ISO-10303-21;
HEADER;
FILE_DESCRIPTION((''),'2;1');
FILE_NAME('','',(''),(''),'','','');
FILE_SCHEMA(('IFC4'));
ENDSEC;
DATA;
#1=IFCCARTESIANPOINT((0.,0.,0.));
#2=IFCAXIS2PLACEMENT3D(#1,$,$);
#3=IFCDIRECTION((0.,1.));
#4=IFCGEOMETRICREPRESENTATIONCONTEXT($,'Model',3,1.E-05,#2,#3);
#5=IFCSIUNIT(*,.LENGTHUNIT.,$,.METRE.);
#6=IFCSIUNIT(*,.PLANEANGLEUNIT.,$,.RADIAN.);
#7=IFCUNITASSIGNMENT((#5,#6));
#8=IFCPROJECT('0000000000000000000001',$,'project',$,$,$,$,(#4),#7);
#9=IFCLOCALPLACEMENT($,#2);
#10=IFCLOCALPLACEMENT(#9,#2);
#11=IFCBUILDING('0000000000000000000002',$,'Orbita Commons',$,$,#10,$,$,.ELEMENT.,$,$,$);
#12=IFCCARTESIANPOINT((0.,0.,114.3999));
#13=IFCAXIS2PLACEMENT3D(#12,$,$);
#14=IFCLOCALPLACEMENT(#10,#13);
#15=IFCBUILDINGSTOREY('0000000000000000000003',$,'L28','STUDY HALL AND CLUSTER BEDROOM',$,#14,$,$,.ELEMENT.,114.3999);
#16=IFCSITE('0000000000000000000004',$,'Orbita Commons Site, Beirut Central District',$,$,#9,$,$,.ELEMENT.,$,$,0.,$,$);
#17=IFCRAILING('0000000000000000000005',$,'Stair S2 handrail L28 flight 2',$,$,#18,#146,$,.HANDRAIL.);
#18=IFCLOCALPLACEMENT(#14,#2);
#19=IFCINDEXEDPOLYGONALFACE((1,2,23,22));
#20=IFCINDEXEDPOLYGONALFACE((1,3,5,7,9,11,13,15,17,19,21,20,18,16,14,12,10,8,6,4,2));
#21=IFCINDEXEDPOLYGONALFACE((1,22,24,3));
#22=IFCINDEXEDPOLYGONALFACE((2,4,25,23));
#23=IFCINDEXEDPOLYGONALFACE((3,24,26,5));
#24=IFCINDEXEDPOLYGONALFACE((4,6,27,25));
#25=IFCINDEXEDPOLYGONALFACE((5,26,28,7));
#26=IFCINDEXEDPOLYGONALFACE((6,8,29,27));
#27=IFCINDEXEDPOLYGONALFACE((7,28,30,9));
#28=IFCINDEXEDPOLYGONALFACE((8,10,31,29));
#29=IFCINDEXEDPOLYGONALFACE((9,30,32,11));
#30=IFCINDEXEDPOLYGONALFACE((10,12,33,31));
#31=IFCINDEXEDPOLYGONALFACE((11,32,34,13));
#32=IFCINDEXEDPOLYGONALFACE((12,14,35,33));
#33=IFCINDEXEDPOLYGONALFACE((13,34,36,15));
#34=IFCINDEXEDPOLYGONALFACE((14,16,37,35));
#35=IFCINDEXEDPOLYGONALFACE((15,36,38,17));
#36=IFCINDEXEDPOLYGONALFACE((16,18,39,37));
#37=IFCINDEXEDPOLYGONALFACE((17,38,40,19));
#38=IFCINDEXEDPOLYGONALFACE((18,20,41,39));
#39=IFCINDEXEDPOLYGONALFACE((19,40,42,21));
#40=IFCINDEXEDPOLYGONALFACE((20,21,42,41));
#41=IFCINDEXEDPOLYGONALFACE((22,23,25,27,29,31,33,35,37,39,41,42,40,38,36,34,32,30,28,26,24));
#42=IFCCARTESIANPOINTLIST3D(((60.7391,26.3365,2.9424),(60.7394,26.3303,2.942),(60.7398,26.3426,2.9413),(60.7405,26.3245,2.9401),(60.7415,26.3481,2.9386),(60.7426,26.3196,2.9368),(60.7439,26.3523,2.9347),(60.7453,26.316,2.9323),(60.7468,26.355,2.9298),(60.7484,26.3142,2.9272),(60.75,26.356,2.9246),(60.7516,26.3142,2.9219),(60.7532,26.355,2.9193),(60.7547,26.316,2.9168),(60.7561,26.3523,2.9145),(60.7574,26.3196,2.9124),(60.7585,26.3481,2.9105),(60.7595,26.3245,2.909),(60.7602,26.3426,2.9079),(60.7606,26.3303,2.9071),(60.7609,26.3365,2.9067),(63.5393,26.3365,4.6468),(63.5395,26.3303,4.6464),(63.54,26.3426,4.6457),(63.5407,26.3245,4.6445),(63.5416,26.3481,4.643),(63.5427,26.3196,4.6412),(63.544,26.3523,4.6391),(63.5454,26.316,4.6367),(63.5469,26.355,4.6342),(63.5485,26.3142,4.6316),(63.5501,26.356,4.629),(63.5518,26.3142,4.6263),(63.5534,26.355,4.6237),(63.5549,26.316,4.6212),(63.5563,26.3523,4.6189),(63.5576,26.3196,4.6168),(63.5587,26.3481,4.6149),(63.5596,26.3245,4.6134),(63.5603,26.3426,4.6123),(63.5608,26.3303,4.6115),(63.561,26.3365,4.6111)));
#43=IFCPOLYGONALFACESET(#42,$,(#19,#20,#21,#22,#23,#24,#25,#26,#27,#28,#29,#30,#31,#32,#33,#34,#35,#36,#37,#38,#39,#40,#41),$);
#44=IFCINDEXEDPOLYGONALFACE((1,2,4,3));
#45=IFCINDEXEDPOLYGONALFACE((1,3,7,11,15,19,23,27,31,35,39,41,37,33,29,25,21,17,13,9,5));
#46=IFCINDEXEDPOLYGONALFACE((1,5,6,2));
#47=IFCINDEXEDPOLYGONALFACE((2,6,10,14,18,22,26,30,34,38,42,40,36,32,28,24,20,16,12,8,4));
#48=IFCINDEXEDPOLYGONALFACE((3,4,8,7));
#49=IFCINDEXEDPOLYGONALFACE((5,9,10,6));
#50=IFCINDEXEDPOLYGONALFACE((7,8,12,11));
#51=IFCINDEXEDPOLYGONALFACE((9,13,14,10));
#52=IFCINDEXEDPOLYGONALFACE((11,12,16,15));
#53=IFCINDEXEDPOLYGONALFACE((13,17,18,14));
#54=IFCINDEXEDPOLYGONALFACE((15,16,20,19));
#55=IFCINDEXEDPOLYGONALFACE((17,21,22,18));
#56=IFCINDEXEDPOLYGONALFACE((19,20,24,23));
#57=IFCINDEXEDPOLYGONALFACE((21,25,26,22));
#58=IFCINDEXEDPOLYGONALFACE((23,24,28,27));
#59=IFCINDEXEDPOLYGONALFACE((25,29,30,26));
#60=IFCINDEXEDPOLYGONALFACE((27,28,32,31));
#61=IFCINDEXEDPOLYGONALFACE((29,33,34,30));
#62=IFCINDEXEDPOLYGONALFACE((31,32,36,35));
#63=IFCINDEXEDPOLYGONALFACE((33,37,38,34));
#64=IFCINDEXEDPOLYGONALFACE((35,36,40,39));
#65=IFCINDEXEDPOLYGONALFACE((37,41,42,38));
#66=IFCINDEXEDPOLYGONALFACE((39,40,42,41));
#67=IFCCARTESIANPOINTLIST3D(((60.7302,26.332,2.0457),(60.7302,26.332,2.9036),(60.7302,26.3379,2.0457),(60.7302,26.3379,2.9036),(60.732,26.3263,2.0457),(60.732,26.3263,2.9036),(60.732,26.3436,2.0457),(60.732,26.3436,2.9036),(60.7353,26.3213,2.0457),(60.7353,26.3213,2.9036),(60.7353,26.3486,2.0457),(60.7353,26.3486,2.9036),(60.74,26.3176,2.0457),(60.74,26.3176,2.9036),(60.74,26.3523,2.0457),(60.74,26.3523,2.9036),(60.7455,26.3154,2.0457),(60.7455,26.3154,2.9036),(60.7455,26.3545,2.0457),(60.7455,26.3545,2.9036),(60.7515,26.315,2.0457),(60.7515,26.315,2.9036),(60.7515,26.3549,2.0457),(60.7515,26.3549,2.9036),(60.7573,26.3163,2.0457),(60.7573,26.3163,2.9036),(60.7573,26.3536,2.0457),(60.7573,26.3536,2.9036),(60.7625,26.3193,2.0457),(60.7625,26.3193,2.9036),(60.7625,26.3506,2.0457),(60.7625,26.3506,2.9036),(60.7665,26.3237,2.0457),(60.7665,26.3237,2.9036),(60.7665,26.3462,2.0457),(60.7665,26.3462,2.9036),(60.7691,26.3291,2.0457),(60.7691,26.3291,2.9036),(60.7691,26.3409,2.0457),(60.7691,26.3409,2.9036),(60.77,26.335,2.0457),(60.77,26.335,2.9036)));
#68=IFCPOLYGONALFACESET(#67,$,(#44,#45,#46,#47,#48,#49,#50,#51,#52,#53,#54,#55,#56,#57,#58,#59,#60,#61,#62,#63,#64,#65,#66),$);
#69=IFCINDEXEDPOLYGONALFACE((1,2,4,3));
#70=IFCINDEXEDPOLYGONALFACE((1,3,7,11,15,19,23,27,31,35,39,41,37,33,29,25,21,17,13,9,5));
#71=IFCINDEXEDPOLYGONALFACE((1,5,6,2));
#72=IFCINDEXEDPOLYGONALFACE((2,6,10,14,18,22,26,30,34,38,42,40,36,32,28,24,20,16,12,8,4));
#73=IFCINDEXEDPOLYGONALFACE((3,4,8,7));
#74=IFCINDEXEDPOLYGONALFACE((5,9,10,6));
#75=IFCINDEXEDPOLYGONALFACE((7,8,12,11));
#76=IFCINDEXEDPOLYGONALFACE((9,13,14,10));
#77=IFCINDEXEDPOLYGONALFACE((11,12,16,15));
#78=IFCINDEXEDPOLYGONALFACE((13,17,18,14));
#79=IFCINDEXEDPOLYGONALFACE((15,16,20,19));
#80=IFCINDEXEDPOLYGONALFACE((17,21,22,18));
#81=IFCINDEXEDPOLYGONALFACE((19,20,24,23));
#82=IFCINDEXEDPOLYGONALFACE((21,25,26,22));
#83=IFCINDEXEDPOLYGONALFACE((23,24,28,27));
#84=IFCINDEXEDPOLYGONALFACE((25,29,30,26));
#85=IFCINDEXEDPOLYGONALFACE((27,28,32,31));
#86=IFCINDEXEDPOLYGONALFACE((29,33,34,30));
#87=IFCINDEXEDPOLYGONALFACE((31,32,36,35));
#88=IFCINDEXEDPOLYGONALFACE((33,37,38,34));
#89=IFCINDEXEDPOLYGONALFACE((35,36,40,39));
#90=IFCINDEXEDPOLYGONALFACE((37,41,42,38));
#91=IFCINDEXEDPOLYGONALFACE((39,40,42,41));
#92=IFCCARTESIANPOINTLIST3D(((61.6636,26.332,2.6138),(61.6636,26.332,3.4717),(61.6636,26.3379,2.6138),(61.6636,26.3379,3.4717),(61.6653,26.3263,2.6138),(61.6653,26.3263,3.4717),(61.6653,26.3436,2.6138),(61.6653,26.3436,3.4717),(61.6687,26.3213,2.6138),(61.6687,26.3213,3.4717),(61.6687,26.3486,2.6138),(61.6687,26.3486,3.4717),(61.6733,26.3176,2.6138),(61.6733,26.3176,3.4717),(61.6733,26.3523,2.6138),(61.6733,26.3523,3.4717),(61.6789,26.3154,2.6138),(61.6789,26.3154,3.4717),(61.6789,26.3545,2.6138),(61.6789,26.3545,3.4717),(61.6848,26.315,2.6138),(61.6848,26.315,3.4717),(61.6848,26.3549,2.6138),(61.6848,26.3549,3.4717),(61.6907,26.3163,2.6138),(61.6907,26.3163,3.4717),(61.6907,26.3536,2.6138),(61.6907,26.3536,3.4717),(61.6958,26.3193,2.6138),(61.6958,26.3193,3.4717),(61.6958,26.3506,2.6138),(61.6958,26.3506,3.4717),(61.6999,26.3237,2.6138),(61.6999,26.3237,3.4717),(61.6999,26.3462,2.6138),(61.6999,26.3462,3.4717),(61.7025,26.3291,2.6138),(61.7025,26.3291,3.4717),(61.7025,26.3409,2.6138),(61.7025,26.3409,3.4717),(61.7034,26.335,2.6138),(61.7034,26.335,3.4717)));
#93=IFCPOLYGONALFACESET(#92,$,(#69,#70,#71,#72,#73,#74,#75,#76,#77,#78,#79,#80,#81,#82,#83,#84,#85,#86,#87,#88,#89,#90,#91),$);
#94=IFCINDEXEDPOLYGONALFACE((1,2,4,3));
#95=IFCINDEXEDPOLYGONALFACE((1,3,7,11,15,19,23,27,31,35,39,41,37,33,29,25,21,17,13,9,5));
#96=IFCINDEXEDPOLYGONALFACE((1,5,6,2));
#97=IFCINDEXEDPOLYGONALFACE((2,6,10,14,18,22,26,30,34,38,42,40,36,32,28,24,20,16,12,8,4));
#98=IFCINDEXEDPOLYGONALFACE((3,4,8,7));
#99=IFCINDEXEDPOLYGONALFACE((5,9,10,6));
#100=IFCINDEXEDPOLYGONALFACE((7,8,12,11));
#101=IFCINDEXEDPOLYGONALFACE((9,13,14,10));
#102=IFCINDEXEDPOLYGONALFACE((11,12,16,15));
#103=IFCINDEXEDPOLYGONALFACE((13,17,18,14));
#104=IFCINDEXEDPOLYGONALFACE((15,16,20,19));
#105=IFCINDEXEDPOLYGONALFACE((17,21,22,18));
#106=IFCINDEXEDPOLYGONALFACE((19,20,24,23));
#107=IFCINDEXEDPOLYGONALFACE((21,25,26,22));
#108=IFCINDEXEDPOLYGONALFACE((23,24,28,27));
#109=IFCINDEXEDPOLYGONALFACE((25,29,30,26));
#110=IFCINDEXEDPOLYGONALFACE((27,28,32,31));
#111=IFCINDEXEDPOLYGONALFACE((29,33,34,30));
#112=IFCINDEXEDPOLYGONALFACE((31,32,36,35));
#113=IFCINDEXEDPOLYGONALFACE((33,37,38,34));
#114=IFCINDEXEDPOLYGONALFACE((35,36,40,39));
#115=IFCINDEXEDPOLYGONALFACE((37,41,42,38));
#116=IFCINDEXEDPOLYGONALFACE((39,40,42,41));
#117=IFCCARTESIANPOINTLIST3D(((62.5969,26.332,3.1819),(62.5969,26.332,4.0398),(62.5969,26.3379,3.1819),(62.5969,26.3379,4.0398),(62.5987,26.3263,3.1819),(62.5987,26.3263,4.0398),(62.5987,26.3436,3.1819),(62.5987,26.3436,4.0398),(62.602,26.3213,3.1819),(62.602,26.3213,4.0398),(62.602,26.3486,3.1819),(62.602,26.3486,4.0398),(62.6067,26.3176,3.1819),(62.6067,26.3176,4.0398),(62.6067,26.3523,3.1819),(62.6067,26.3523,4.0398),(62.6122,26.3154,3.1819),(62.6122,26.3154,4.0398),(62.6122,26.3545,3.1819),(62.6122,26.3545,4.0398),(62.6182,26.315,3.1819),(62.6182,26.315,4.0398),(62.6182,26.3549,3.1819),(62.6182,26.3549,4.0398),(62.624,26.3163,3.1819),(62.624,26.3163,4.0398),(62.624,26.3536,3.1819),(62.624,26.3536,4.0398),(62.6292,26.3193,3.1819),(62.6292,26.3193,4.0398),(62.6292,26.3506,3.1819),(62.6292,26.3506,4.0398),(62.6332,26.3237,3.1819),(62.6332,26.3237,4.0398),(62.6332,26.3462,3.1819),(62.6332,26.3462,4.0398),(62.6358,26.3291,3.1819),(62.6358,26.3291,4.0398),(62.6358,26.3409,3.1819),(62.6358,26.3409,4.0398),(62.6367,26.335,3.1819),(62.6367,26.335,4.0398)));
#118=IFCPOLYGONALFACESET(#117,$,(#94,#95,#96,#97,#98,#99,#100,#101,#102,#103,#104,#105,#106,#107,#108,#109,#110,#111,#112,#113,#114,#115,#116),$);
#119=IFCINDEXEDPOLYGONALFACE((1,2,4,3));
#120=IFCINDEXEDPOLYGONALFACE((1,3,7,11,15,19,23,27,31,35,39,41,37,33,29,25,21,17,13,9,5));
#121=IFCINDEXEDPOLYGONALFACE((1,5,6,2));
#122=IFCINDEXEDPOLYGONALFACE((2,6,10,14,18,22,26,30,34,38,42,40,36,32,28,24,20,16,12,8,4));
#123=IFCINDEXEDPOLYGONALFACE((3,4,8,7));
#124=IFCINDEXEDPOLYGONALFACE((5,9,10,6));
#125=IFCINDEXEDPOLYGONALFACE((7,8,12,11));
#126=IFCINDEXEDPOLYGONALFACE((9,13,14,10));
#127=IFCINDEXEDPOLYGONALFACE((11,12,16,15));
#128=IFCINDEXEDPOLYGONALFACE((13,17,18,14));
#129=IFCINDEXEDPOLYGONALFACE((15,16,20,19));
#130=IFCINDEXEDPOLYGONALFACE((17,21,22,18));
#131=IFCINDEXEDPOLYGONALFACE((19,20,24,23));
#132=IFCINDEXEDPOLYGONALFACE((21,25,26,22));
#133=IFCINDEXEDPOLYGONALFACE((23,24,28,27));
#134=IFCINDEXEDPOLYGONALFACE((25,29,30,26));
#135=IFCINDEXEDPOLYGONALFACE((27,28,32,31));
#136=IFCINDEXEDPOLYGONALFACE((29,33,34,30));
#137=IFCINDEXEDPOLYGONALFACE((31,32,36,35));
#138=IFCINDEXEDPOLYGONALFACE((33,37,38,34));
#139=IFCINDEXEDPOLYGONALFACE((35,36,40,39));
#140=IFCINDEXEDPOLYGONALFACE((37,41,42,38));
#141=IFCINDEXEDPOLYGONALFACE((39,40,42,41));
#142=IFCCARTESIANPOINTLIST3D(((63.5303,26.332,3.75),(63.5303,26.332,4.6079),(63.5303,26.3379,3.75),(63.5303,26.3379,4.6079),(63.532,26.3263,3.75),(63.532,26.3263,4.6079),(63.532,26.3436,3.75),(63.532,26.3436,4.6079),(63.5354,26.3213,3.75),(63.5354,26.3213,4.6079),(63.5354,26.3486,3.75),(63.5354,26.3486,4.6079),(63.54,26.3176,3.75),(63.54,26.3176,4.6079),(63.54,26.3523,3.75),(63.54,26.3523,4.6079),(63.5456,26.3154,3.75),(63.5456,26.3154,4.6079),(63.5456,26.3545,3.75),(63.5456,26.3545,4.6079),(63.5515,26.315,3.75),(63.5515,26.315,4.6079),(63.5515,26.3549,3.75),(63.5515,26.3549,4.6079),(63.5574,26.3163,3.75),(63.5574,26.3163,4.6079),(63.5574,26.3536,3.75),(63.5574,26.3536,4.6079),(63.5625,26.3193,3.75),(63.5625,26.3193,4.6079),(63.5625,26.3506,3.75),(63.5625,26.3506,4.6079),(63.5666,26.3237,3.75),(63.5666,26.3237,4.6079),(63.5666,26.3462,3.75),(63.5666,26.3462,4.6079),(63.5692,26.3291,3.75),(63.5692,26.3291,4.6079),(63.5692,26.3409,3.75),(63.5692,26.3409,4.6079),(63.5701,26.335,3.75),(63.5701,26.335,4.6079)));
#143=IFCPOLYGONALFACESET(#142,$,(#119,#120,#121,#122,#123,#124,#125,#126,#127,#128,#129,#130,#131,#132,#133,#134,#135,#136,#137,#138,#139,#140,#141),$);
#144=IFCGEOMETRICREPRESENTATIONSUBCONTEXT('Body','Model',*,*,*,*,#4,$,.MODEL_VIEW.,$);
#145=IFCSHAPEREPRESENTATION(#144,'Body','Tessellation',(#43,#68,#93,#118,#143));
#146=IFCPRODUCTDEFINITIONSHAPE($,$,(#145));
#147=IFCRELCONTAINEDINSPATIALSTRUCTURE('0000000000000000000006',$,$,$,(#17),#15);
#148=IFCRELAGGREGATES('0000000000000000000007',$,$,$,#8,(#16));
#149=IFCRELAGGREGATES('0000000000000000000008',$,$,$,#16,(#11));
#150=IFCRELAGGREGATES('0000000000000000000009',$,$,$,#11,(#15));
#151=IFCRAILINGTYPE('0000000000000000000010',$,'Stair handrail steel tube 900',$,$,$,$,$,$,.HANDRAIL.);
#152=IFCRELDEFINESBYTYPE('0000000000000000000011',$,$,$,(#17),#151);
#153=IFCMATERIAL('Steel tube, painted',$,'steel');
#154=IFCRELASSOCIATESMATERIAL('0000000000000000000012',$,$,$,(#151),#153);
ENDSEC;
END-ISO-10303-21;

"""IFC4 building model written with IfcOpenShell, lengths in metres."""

from ifc_helpers import new_model, si_unit, direction, frame, origin, origin_2d, place, context, subcontext, project, spatial, circle, extrude, material, type_object, element, save


model = new_model("IFC4")

# Units and contexts
model_context = context("Model", 3, precision=1e-05, world=origin(), true_north=direction((0.0, 1.0)))
body_context = subcontext(model_context, "Body", "Model", "MODEL_VIEW")
ifc_project = project(units=[si_unit("LENGTHUNIT", "METRE"), si_unit("PLANEANGLEUNIT", "RADIAN")], contexts=[model_context])

# Site, building, storey
site_placement = place(None, origin())
site = spatial("IfcSite", under=ifc_project, at=site_placement, Name="Orbita Commons Site, Beirut Central District", CompositionType="ELEMENT", RefElevation=0.0)
building_placement = place(site_placement, origin())
building = spatial("IfcBuilding", under=site, at=building_placement, Name="Orbita Commons", CompositionType="ELEMENT")
storey_placement = place(building_placement, frame((0.0, 0.0, 114.3999)))
storey = spatial("IfcBuildingStorey", under=building, at=storey_placement, Name="L28", Description="STUDY HALL AND CLUSTER BEDROOM", CompositionType="ELEMENT", Elevation=114.3999)

# Railing
ifc_material_1 = material(Name="Steel tube, painted", Category="steel")
railing_type = type_object("IfcRailingType", Name="Stair handrail steel tube 900", PredefinedType="HANDRAIL", material=ifc_material_1)
for number, where, name in (
    (1, (60.75, 26.335, 2.0457), "Stair S2 handrail L28 flight 2"),
):
    element("IfcRailing", number, at=place(storey_placement, frame(where)), inside=storey, type_object=railing_type, Name=name, PredefinedType="HANDRAIL", context=body_context, shape_type="SweptSolid", body=[
        extrude(circle(Radius=0.021, at=origin_2d()), frame((0.0, 0.0, 0.8789), z_axis=(0.854203, 0.0, 0.51994), x_axis=(0.0, 1.0, 0.0)), (0.0, 0.0, 1.0), 3.2781),
        extrude(circle(Radius=0.02, at=origin_2d()), origin(), (0.0, 0.0, 1.0), 0.8579),
        extrude(circle(Radius=0.02, at=origin_2d()), frame((0.9333, 0.0, 0.5681)), (0.0, 0.0, 1.0), 0.8579),
        extrude(circle(Radius=0.02, at=origin_2d()), frame((1.8667, 0.0, 1.1362)), (0.0, 0.0, 1.0), 0.8579),
        extrude(circle(Radius=0.02, at=origin_2d()), frame((2.8, 0.0, 1.7043)), (0.0, 0.0, 1.0), 0.8579),
    ])

save(model, "model.ifc")
